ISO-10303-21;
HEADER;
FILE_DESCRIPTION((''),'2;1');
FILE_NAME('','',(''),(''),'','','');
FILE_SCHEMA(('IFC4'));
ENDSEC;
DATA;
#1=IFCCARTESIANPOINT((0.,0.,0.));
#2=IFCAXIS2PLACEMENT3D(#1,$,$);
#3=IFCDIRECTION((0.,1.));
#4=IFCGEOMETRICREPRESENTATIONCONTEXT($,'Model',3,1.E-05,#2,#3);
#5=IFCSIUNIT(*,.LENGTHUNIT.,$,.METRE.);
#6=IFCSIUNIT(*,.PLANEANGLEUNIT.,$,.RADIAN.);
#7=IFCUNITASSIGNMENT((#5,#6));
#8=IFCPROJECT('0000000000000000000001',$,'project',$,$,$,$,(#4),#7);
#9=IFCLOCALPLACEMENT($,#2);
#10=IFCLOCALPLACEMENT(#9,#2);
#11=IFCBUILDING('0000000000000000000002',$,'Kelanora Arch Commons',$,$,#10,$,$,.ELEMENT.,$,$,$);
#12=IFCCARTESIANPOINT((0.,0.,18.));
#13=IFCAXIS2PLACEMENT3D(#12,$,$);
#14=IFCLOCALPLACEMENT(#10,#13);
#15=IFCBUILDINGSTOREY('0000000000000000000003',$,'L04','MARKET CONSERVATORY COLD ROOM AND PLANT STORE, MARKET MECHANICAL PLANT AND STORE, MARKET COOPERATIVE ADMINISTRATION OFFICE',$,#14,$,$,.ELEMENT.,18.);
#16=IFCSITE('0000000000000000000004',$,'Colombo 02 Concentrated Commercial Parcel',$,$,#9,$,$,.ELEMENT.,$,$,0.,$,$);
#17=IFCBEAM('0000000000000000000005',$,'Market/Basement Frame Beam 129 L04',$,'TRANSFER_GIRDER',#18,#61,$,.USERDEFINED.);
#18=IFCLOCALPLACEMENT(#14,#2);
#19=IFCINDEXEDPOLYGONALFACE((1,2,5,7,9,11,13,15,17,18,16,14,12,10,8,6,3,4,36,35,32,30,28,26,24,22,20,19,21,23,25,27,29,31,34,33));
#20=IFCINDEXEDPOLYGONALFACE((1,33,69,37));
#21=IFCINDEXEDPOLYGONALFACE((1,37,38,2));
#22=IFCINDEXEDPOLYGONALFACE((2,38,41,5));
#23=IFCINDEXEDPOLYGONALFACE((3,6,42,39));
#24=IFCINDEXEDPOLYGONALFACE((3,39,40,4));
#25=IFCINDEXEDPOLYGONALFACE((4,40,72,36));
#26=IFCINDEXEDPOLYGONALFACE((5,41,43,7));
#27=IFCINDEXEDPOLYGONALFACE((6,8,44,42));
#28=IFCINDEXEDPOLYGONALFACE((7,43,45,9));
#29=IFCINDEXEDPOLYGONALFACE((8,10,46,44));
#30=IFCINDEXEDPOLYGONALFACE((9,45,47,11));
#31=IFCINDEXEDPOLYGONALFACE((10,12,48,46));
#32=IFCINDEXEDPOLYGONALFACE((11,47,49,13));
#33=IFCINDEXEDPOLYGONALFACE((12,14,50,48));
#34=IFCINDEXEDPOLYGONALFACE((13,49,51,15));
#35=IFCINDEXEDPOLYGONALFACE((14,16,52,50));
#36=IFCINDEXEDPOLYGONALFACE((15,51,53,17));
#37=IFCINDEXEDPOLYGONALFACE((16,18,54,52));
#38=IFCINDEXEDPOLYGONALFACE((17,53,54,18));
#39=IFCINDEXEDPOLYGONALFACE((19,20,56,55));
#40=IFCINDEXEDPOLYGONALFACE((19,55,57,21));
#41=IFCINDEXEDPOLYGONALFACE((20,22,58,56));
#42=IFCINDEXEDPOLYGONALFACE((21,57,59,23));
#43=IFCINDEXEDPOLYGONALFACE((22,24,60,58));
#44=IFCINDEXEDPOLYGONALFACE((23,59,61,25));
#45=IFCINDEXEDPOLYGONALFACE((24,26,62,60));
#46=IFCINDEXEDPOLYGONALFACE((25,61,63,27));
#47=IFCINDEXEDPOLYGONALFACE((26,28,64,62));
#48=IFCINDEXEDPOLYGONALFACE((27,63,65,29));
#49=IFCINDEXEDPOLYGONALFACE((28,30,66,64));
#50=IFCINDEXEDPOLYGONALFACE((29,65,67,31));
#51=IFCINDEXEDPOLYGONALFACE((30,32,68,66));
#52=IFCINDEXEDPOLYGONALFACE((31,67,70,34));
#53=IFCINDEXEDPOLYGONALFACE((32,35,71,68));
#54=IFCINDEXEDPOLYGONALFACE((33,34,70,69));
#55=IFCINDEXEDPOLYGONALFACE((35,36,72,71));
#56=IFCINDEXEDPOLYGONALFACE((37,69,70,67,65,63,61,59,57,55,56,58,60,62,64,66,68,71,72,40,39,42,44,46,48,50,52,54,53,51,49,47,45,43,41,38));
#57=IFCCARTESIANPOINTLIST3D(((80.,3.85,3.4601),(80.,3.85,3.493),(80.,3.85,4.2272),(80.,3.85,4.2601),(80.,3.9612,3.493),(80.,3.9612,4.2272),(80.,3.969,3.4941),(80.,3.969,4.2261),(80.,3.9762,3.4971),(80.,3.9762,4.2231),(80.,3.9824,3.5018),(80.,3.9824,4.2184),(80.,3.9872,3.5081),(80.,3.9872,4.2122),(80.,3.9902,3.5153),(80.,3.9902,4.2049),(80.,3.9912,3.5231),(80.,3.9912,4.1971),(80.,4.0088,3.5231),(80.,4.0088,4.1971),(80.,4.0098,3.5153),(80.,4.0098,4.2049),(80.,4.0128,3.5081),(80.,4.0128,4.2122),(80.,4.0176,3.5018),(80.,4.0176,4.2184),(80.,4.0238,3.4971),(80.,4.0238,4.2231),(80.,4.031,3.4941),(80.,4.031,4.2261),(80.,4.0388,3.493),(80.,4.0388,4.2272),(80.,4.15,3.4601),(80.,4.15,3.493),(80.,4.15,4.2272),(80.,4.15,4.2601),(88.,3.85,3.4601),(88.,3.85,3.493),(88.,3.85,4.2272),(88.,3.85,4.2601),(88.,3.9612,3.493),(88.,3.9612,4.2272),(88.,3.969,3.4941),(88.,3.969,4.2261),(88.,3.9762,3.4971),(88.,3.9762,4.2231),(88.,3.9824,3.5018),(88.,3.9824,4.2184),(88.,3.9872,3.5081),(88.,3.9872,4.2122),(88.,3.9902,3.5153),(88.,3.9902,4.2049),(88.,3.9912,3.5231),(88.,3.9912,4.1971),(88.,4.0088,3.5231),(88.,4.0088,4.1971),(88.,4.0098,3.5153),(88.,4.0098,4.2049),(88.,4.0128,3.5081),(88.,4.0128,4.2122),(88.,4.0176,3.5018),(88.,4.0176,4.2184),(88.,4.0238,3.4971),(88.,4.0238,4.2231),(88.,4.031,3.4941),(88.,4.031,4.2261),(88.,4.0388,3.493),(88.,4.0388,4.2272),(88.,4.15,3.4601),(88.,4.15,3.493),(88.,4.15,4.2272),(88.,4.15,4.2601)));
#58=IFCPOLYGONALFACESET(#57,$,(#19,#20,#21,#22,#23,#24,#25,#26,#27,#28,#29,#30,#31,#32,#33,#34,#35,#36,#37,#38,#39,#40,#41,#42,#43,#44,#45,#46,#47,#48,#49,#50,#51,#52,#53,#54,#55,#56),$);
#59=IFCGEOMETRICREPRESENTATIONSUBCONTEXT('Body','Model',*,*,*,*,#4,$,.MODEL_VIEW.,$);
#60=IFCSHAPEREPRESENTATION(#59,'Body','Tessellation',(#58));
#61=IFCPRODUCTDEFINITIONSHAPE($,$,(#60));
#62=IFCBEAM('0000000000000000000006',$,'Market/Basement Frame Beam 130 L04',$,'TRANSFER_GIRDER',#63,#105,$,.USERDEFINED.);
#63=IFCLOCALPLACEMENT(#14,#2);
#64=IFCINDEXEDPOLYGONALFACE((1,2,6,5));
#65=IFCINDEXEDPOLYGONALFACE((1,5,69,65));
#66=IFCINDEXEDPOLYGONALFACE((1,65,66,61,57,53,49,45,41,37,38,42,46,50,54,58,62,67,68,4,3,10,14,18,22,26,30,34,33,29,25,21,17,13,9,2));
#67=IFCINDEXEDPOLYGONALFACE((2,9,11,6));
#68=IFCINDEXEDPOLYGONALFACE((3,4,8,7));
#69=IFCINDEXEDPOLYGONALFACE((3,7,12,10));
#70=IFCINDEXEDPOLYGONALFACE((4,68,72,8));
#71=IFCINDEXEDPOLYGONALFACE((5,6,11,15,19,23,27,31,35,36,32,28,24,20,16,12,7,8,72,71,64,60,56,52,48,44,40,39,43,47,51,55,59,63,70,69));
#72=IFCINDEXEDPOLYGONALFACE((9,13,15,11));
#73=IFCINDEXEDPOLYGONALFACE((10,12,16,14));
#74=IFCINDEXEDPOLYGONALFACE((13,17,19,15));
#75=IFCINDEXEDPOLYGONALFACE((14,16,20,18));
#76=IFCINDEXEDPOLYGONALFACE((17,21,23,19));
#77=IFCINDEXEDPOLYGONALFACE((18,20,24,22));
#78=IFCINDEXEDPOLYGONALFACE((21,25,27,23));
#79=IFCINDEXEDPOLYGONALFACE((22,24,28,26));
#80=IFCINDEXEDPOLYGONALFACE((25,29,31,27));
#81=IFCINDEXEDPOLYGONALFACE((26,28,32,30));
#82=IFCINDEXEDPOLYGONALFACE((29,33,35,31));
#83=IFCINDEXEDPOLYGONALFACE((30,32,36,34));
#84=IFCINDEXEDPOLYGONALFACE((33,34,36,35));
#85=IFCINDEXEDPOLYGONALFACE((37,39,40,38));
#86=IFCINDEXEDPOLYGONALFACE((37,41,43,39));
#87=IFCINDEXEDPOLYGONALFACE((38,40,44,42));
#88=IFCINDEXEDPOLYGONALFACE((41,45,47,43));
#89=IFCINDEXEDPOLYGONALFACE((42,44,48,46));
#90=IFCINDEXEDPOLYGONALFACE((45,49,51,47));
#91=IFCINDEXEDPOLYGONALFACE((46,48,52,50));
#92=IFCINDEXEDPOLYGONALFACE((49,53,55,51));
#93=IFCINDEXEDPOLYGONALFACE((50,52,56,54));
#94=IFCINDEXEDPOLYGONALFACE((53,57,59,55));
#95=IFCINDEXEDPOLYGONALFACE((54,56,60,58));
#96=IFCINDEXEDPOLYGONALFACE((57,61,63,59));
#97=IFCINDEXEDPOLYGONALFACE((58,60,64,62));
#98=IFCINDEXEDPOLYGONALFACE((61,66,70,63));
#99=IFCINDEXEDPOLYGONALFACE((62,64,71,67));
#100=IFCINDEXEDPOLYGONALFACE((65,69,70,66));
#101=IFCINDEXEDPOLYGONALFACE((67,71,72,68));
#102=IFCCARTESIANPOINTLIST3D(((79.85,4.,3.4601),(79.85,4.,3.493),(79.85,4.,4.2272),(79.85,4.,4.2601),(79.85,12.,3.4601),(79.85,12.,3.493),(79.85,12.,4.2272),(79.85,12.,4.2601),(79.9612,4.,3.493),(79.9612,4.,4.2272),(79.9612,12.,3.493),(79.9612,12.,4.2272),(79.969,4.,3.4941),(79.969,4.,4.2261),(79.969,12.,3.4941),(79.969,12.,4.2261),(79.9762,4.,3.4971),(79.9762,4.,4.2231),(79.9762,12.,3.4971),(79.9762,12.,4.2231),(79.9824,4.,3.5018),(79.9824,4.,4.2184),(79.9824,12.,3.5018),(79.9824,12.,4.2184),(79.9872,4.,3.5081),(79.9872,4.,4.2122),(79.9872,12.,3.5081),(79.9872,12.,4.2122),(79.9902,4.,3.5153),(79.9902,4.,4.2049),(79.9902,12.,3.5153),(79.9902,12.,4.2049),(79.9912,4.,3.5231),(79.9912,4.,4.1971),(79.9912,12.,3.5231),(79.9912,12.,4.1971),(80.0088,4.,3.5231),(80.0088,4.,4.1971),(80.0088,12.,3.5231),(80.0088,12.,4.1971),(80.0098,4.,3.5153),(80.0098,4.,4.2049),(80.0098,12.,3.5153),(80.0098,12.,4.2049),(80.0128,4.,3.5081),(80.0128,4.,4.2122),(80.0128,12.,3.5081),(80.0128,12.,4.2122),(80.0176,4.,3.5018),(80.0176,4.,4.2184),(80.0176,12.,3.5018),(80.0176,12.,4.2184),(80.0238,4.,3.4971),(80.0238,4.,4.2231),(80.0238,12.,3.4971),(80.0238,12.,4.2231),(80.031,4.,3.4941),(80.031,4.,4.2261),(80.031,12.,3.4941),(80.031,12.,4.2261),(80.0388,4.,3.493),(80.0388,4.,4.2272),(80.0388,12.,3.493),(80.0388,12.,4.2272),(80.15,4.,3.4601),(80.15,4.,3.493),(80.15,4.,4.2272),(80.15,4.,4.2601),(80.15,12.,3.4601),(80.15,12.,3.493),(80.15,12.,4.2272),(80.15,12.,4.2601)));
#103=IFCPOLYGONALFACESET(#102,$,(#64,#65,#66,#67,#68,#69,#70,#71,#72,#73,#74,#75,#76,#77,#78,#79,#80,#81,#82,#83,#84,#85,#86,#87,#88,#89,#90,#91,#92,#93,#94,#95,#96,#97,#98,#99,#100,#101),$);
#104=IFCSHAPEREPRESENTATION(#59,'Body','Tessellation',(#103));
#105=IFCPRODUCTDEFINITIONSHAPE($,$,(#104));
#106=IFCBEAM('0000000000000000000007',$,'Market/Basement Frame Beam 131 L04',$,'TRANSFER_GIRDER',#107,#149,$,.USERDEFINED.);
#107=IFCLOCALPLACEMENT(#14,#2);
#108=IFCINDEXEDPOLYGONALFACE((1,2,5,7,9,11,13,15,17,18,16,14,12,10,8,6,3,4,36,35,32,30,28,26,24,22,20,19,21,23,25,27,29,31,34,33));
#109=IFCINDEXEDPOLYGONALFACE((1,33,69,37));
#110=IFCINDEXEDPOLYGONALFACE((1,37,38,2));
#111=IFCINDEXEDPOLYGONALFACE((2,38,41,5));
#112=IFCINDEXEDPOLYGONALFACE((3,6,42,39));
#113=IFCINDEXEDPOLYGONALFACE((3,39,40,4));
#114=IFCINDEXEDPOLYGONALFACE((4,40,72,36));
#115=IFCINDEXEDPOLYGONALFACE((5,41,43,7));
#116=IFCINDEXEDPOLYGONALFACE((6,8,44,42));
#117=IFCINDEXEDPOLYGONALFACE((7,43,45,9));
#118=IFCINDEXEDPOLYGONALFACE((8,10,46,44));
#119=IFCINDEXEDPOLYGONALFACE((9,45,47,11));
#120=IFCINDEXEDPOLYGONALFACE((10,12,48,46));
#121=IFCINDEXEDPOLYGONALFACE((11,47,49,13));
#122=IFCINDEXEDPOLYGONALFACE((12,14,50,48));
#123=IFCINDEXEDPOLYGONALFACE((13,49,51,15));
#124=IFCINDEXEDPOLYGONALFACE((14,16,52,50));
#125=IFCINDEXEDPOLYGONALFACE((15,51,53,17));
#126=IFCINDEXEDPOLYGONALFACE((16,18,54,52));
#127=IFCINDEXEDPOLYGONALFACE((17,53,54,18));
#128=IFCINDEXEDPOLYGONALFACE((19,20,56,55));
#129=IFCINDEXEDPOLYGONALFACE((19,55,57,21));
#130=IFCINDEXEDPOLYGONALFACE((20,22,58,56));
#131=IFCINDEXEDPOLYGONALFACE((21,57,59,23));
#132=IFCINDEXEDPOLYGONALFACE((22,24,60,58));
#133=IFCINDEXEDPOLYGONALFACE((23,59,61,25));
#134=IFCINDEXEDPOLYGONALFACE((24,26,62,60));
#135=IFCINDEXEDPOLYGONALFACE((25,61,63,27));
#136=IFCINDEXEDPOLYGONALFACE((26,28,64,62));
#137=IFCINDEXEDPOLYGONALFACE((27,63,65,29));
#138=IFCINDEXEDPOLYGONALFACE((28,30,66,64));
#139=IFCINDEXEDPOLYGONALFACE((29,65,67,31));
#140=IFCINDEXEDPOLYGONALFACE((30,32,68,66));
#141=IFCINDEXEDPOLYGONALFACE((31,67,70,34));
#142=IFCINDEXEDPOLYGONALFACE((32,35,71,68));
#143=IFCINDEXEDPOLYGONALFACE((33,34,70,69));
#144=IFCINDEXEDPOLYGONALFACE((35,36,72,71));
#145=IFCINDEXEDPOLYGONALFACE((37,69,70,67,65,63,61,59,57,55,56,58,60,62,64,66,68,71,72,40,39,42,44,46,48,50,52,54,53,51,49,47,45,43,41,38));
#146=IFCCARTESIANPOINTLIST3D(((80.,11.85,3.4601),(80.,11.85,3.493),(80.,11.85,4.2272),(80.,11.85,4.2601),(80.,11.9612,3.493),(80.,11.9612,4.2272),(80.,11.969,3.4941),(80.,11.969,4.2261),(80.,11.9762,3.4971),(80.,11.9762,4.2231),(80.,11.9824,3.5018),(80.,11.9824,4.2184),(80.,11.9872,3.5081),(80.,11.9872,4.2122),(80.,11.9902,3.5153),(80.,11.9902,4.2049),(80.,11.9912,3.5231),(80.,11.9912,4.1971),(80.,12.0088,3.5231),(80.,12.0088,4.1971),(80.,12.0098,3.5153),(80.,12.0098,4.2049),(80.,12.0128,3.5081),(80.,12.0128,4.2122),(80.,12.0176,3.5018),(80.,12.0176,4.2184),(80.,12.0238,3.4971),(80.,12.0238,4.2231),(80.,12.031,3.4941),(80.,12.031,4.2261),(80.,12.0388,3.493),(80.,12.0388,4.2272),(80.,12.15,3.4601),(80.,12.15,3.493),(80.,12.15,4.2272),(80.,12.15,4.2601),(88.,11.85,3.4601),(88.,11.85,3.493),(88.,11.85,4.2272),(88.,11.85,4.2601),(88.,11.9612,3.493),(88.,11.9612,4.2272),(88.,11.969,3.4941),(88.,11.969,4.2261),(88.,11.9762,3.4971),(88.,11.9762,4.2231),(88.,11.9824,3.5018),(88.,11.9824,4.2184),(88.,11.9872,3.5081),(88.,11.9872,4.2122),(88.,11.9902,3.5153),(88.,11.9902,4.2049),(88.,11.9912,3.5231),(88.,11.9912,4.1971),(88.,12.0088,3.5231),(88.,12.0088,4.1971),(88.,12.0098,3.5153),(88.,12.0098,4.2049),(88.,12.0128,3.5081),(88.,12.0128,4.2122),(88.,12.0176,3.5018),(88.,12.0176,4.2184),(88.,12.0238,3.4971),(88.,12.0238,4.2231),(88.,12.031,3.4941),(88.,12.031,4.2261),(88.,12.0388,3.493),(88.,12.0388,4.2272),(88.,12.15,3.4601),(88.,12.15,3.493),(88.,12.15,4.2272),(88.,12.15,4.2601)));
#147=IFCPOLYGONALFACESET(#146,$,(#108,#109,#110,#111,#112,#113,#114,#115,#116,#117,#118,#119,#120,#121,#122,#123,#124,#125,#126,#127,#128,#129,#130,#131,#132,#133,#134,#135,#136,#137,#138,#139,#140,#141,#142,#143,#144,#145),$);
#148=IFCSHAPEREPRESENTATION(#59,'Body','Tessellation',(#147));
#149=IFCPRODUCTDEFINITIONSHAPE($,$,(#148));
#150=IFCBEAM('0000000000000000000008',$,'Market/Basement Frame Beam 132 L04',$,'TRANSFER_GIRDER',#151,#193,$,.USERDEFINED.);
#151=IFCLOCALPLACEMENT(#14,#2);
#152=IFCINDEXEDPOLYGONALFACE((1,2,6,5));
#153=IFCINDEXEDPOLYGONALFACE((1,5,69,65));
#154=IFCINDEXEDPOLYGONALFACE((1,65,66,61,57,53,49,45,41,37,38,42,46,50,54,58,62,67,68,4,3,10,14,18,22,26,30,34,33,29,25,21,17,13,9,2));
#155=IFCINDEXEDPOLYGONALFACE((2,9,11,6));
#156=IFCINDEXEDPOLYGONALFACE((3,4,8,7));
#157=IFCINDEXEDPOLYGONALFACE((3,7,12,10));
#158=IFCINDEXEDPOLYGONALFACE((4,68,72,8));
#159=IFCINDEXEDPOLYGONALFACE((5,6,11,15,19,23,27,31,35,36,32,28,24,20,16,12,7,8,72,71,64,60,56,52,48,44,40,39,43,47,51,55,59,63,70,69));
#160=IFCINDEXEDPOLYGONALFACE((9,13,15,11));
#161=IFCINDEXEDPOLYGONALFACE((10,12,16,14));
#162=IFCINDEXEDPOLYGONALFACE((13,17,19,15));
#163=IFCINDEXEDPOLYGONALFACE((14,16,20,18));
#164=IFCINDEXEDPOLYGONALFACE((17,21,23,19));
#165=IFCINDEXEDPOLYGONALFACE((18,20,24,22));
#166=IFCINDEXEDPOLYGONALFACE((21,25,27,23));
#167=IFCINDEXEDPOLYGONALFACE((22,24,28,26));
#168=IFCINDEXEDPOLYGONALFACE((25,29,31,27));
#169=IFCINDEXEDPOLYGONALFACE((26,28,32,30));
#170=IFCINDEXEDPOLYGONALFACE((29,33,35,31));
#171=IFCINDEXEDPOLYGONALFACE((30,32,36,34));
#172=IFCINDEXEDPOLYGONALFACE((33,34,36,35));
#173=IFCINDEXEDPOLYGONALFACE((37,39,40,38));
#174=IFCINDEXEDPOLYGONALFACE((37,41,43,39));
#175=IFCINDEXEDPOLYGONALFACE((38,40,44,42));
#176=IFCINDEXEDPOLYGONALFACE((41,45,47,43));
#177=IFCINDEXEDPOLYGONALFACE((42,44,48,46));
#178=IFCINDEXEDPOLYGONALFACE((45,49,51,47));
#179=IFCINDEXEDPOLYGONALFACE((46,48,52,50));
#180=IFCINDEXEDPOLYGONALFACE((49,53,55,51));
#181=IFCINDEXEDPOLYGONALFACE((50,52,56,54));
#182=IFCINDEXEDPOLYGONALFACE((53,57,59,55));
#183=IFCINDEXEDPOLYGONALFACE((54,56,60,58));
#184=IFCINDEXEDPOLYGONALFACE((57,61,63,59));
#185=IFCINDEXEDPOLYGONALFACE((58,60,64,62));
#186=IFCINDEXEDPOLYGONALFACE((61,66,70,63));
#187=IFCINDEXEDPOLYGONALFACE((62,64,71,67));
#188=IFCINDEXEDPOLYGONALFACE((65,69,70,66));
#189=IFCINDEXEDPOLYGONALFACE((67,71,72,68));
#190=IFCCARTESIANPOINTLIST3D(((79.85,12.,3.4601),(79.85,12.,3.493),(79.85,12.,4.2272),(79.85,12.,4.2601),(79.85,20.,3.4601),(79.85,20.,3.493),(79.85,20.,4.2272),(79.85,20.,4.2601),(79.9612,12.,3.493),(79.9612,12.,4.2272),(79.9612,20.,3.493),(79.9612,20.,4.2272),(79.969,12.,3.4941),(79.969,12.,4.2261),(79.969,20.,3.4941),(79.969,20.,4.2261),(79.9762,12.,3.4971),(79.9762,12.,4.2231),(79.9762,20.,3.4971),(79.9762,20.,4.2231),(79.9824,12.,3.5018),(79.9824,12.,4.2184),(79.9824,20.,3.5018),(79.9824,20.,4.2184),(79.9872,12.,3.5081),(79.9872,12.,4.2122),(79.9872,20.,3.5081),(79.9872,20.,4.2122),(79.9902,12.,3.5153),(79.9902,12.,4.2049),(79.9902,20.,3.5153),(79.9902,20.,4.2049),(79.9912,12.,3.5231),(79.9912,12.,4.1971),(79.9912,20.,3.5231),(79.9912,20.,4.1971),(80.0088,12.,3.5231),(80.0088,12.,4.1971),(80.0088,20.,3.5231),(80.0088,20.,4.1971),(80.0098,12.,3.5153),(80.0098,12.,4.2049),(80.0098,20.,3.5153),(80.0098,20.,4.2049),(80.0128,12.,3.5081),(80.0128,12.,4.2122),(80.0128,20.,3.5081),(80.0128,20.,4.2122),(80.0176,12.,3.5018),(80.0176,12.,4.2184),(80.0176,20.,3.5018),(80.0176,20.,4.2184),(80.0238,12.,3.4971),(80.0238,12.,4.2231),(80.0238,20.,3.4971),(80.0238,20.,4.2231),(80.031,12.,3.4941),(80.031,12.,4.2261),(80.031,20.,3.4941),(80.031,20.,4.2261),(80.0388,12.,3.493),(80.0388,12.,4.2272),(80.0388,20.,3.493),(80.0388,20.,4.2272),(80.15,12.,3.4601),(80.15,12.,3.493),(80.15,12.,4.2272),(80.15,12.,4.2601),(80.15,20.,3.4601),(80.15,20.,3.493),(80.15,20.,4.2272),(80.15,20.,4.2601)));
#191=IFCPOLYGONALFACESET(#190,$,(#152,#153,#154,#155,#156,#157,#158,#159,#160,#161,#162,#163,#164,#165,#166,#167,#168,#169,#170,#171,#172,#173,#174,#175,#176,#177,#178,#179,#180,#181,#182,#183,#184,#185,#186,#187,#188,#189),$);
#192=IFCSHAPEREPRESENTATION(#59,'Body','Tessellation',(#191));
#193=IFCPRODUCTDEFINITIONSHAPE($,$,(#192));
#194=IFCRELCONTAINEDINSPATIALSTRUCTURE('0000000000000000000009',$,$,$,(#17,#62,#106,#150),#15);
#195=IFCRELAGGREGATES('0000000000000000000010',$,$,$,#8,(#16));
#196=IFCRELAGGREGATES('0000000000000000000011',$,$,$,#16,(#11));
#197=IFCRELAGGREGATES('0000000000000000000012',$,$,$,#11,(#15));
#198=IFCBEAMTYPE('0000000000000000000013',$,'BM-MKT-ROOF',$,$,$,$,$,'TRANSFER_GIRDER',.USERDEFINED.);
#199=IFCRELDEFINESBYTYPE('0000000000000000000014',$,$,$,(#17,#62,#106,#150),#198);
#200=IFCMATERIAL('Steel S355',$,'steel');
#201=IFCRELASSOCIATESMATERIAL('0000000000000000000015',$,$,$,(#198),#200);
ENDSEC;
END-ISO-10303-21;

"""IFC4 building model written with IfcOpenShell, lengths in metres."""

from ifc_helpers import new_model, si_unit, direction, frame, origin, origin_2d, place, context, subcontext, project, spatial, i_section, extrude, material, material_profile, profile_set, type_object, element, save


model = new_model("IFC4")

# Units and contexts
model_context = context("Model", 3, precision=1e-05, world=origin(), true_north=direction((0.0, 1.0)))
body_context = subcontext(model_context, "Body", "Model", "MODEL_VIEW")
ifc_project = project(units=[si_unit("LENGTHUNIT", "METRE"), si_unit("PLANEANGLEUNIT", "RADIAN")], contexts=[model_context])

# Site, building, storey
site_placement = place(None, origin())
site = spatial("IfcSite", under=ifc_project, at=site_placement, Name="Colombo 02 Concentrated Commercial Parcel", CompositionType="ELEMENT", RefElevation=0.0)
building_placement = place(site_placement, origin())
building = spatial("IfcBuilding", under=site, at=building_placement, Name="Kelanora Arch Commons", CompositionType="ELEMENT")
storey_placement = place(building_placement, frame((0.0, 0.0, 18.0)))
storey = spatial("IfcBuildingStorey", under=building, at=storey_placement, Name="L04", Description="MARKET CONSERVATORY COLD ROOM AND PLANT STORE, MARKET MECHANICAL PLANT AND STORE, MARKET COOPERATIVE ADMINISTRATION OFFICE", CompositionType="ELEMENT", Elevation=18.0)

# Beams
ifc_material_1 = material(Name="Steel S355", Category="steel")
ifc_material_profile_1 = material_profile(ifc_material_1, i_section(OverallWidth=0.3, OverallDepth=0.8, WebThickness=0.0176, FlangeThickness=0.033, FilletRadius=0.03, at=origin_2d()), Name="HEB800")
ifc_profile_set_1 = profile_set([ifc_material_profile_1], Name="Steel S355")
beam_type = type_object("IfcBeamType", Name="BM-MKT-ROOF", ElementType="TRANSFER_GIRDER", PredefinedType="USERDEFINED", material=ifc_profile_set_1)
for number, where, z_axis, x_axis, name in (
    (1, (80.0, 4.0, 3.8601), (1.0, 0.0, 0.0), (0.0, 1.0, 0.0), "Market/Basement Frame Beam 129 L04"),
    (2, (80.0, 4.0, 3.8601), (0.0, 1.0, 0.0), (-1.0, 0.0, 0.0), "Market/Basement Frame Beam 130 L04"),
    (3, (80.0, 12.0, 3.8601), (1.0, 0.0, 0.0), (0.0, 1.0, 0.0), "Market/Basement Frame Beam 131 L04"),
    (4, (80.0, 12.0, 3.8601), (0.0, 1.0, 0.0), (-1.0, 0.0, 0.0), "Market/Basement Frame Beam 132 L04"),
):
    element("IfcBeam", number, at=place(storey_placement, frame(where, z_axis=z_axis, x_axis=x_axis)), inside=storey, type_object=beam_type, Name=name, ObjectType="TRANSFER_GIRDER", PredefinedType="USERDEFINED", context=body_context, shape_type="SweptSolid", body=[
        extrude(i_section(OverallWidth=0.3, OverallDepth=0.8, WebThickness=0.0176, FlangeThickness=0.033, FilletRadius=0.03, at=origin_2d()), origin(), (0.0, 0.0, 1.0), 8.0),
    ])

save(model, "model.ifc")
